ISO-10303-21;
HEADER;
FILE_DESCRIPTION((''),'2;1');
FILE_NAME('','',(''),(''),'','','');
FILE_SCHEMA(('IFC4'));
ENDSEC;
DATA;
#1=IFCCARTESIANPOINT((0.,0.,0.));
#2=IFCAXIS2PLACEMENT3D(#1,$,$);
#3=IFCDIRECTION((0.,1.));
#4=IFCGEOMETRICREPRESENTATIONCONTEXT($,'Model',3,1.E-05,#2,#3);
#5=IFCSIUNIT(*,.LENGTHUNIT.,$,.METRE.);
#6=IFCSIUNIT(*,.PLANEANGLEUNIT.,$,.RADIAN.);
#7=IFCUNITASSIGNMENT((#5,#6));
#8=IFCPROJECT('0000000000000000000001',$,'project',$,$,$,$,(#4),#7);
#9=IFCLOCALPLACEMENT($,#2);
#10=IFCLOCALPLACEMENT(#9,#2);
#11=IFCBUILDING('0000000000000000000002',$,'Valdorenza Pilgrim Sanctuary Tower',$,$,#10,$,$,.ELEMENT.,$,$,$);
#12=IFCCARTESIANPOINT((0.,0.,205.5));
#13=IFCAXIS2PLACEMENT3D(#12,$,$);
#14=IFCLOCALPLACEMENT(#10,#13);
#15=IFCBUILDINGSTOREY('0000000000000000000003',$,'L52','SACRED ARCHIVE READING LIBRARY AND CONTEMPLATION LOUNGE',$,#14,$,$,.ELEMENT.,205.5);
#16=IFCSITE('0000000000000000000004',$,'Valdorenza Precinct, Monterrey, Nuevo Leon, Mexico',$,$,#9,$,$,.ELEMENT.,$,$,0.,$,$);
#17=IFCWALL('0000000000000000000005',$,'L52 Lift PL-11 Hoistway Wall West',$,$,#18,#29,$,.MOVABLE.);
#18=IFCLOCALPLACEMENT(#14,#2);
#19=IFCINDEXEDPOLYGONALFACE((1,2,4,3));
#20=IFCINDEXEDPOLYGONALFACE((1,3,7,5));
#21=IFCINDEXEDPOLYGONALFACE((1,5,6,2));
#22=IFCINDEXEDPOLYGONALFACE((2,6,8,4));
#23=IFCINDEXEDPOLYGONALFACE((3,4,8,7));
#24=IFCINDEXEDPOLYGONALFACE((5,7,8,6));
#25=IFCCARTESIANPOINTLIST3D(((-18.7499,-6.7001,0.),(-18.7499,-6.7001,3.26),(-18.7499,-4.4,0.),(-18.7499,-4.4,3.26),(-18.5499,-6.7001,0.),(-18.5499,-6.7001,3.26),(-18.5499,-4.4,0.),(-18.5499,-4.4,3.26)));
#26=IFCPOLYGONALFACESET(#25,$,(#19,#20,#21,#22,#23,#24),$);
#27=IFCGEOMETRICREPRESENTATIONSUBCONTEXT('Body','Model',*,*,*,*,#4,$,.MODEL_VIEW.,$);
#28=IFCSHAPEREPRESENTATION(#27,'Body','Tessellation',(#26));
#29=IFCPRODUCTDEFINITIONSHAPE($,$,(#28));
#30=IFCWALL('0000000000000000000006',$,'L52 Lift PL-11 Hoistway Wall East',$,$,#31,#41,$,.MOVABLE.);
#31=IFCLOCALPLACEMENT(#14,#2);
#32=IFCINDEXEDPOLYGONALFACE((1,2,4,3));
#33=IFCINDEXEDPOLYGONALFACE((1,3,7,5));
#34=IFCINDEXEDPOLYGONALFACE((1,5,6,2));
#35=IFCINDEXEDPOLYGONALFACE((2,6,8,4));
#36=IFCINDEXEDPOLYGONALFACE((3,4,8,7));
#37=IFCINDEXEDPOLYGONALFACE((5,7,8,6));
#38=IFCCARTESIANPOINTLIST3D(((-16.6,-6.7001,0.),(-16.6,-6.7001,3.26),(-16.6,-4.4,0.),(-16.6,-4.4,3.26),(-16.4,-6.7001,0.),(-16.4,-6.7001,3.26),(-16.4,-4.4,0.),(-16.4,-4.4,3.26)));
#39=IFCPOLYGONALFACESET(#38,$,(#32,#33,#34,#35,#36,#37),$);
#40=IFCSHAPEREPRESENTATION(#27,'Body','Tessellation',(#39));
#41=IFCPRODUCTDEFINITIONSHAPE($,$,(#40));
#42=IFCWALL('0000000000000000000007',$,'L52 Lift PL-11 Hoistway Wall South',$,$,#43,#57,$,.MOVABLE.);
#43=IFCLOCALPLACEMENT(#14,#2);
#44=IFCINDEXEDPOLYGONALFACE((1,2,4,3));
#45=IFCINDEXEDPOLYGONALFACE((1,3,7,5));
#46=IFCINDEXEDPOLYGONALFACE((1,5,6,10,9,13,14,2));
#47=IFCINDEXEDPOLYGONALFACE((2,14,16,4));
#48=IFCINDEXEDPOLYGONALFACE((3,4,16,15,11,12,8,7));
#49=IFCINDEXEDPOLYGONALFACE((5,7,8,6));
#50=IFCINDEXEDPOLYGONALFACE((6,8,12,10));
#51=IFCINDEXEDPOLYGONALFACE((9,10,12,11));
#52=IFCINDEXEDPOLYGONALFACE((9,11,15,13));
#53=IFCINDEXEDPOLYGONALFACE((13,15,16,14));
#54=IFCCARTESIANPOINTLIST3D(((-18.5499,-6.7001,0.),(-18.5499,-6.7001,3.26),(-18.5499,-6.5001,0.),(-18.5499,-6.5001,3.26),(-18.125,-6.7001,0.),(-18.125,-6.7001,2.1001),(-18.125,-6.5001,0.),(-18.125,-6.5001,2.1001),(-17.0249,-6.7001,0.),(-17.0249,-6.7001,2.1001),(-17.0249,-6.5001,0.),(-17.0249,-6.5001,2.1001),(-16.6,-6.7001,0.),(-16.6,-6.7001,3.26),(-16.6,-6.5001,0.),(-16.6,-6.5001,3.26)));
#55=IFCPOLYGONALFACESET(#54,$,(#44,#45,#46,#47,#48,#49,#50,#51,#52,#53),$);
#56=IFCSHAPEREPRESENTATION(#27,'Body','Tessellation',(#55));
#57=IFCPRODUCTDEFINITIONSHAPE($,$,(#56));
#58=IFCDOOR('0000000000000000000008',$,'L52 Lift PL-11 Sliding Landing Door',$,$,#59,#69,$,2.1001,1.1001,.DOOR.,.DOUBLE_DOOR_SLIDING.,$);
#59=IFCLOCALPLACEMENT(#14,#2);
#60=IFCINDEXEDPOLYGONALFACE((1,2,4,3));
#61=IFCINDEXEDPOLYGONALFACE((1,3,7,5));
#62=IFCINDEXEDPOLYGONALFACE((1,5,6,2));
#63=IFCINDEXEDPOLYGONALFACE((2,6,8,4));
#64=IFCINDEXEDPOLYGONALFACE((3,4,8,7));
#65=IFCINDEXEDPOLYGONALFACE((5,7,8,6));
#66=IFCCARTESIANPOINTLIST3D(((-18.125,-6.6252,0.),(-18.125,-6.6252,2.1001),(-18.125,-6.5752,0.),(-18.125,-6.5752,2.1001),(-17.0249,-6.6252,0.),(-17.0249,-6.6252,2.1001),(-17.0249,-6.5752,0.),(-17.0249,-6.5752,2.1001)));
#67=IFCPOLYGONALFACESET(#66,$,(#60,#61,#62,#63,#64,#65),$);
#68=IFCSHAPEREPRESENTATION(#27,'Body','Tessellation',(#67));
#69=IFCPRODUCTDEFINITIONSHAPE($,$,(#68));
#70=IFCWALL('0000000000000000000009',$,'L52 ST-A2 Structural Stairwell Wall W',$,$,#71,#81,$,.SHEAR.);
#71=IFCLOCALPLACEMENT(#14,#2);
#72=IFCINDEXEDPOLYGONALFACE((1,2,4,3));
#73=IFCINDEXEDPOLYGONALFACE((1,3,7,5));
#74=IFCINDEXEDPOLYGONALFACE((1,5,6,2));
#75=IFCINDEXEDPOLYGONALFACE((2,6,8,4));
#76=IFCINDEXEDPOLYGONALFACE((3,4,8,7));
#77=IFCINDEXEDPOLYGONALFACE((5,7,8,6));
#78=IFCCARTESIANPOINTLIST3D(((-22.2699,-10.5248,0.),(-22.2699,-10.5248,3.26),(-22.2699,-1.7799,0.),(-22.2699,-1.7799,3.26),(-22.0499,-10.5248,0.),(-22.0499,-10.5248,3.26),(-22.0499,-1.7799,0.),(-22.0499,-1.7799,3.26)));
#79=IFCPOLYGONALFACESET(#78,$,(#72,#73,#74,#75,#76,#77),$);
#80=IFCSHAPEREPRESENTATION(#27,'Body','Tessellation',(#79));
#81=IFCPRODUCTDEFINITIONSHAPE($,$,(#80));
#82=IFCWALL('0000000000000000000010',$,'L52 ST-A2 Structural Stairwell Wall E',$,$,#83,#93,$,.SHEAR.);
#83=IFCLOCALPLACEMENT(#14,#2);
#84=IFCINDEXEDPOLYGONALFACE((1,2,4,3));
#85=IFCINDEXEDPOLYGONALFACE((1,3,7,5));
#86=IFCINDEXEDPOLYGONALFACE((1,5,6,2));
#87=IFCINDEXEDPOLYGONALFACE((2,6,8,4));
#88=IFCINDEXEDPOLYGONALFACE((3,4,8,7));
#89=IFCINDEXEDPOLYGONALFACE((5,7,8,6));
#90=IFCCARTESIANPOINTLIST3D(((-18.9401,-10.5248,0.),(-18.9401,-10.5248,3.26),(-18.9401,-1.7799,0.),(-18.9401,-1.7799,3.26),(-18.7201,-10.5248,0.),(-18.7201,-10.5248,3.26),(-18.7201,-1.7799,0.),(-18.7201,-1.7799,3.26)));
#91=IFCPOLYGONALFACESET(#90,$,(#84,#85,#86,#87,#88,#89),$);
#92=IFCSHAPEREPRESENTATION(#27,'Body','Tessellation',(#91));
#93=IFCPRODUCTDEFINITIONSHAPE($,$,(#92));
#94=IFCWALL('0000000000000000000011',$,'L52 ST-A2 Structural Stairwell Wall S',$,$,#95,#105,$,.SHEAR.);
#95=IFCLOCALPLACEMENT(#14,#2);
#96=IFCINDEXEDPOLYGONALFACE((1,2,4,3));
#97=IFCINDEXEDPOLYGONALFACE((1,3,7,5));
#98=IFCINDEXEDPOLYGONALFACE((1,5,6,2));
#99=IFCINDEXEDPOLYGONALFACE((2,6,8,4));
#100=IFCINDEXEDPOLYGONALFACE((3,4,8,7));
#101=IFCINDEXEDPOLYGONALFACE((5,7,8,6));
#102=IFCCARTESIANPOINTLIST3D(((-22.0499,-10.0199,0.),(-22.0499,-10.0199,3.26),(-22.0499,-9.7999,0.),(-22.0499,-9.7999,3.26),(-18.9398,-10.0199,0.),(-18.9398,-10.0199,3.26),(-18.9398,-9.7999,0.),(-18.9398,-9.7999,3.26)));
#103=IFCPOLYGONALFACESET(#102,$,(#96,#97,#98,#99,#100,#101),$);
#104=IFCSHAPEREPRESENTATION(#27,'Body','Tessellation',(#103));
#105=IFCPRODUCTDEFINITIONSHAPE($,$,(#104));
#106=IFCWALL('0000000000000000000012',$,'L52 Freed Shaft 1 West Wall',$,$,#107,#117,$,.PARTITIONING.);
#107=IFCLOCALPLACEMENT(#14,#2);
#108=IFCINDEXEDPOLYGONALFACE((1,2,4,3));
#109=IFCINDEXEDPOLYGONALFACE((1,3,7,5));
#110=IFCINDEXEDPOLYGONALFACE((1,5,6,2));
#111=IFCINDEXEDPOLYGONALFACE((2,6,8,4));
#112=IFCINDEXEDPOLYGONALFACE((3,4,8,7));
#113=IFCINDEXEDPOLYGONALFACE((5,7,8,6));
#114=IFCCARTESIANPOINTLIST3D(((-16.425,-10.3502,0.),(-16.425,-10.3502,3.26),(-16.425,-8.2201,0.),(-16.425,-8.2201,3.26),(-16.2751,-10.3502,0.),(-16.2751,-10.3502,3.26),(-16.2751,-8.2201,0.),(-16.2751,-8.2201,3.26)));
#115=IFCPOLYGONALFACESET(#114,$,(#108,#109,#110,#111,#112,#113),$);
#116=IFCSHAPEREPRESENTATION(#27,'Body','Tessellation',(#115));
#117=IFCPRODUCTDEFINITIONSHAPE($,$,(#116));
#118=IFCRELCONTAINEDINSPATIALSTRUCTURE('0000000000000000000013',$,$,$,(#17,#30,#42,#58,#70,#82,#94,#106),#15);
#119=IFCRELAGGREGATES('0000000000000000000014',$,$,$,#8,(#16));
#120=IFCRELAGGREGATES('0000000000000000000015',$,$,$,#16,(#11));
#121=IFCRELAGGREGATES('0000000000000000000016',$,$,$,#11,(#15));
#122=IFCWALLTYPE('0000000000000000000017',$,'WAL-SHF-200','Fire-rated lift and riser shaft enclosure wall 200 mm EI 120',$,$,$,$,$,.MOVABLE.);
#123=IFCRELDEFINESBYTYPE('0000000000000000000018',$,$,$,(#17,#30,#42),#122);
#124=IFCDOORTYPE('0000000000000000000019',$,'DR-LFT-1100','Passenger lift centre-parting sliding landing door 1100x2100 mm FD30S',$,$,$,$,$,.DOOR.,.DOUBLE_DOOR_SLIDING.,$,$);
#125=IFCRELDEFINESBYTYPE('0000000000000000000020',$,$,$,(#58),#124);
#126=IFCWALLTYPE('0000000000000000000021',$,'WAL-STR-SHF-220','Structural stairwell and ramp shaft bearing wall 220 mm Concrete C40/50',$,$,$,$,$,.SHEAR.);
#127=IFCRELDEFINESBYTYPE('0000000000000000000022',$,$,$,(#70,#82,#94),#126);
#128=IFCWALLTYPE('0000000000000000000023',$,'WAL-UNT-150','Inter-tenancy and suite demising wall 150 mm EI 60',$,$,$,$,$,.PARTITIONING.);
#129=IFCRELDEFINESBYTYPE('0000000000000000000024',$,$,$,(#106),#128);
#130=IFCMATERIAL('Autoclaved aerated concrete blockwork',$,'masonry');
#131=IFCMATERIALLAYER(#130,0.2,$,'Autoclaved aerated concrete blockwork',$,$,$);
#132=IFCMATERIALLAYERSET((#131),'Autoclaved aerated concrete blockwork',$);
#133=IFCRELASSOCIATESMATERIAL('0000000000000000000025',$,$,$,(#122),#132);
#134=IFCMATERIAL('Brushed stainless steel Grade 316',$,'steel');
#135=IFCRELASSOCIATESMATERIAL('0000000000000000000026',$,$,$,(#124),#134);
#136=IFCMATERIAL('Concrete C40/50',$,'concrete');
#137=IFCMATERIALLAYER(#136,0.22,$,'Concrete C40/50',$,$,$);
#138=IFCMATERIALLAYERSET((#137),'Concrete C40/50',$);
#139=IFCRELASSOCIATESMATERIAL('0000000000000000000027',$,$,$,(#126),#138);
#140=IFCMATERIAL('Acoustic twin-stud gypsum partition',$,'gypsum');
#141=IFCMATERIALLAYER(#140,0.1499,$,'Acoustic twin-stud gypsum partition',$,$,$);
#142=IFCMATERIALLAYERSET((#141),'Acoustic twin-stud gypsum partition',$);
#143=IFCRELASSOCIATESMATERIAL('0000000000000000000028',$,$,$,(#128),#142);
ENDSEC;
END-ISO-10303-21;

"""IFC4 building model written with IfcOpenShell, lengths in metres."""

from ifc_helpers import new_model, si_unit, direction, frame, frame_2d, origin, place, context, subcontext, project, spatial, rectangle, extrude, material, layer, layer_set, type_object, element, fill, save


model = new_model("IFC4")

# Units and contexts
model_context = context("Model", 3, precision=1e-05, world=origin(), true_north=direction((0.0, 1.0)))
body_context = subcontext(model_context, "Body", "Model", "MODEL_VIEW")
ifc_project = project(units=[si_unit("LENGTHUNIT", "METRE"), si_unit("PLANEANGLEUNIT", "RADIAN")], contexts=[model_context])

# Site, building, storey
site_placement = place(None, origin())
site = spatial("IfcSite", under=ifc_project, at=site_placement, Name="Valdorenza Precinct, Monterrey, Nuevo Leon, Mexico", CompositionType="ELEMENT", RefElevation=0.0)
building_placement = place(site_placement, origin())
building = spatial("IfcBuilding", under=site, at=building_placement, Name="Valdorenza Pilgrim Sanctuary Tower", CompositionType="ELEMENT")
storey_placement = place(building_placement, frame((0.0, 0.0, 205.5)))
storey = spatial("IfcBuildingStorey", under=building, at=storey_placement, Name="L52", Description="SACRED ARCHIVE READING LIBRARY AND CONTEMPLATION LOUNGE", CompositionType="ELEMENT", Elevation=205.5)

# Shared definitions
ifc_material_1 = material(Name="Acoustic twin-stud gypsum partition", Category="gypsum")

# Walls
ifc_material_2 = material(Name="Autoclaved aerated concrete blockwork", Category="masonry")
ifc_layer_1 = layer(ifc_material_2, 0.2, Name="Autoclaved aerated concrete blockwork")
ifc_layer_set_1 = layer_set([ifc_layer_1], Name="Autoclaved aerated concrete blockwork")
wall_type_1 = type_object("IfcWallType", Name="WAL-SHF-200", Description="Fire-rated lift and riser shaft enclosure wall 200 mm EI 120", PredefinedType="MOVABLE", material=ifc_layer_set_1)
for number, where, z_axis, x_axis, name in (
    (1, (-18.6499, -6.7, 0.0), (0.0, 0.0, 1.0), (0.0, 1.0, 0.0), "L52 Lift PL-11 Hoistway Wall West"),
    (2, (-16.5, -6.7, 0.0), (0.0, 0.0, 1.0), (0.0, 1.0, 0.0), "L52 Lift PL-11 Hoistway Wall East"),
):
    element("IfcWall", number, at=place(storey_placement, frame(where, z_axis=z_axis, x_axis=x_axis)), inside=storey, type_object=wall_type_1, Name=name, PredefinedType="MOVABLE", context=body_context, shape_type="SweptSolid", body=[
        extrude(rectangle(XDim=2.3, YDim=0.2, at=frame_2d((1.1499, 0.0))), origin(), (0.0, 0.0, 1.0), 3.26),
    ])

# Wall, opening, door
wall_1_placement = place(storey_placement, frame((-18.55, -6.6001, 0.0), z_axis=(0.0, 0.0, 1.0), x_axis=(1.0, 0.0, 0.0)))
wall_1 = element("IfcWall", 3, at=wall_1_placement, inside=storey, type_object=wall_type_1, Name="L52 Lift PL-11 Hoistway Wall South", PredefinedType="MOVABLE", context=body_context, shape_type="SweptSolid", body=[
    extrude(rectangle(XDim=1.95, YDim=0.2, at=frame_2d((0.9751, 0.0))), origin(), (0.0, 0.0, 1.0), 3.26),
])
opening_1_placement = place(wall_1_placement, frame((0.425, 0.0, 0.0)))
opening_1 = element("IfcOpeningElement", 4, at=opening_1_placement, cuts=wall_1, PredefinedType="OPENING", context=body_context, shape_type="SweptSolid", body=[
    extrude(rectangle(XDim=1.1001, YDim=2.1001, at=frame_2d((0.55, 1.05))), frame((0.0, 0.1147, 0.0), z_axis=(0.0, -1.0, 0.0), x_axis=(1.0, 0.0, 0.0)), (0.0, 0.0, 1.0), 0.2297),
])
ifc_material_3 = material(Name="Brushed stainless steel Grade 316", Category="steel")
door_type_1 = type_object("IfcDoorType", Name="DR-LFT-1100", Description="Passenger lift centre-parting sliding landing door 1100x2100 mm FD30S", OperationType="DOUBLE_DOOR_SLIDING", PredefinedType="DOOR", material=ifc_material_3)
door_1_placement = place(opening_1_placement, origin())
door_1 = element("IfcDoor", 5, at=door_1_placement, inside=storey, type_object=door_type_1, Name="L52 Lift PL-11 Sliding Landing Door", OperationType="DOUBLE_DOOR_SLIDING", OverallHeight=2.1001, OverallWidth=1.1001, PredefinedType="DOOR", context=body_context, shape_type="SweptSolid", body=[
    extrude(rectangle(XDim=1.1001, YDim=2.1001, at=frame_2d((0.55, 1.05))), frame((0.0, 0.0249, 0.0), z_axis=(0.0, -1.0, 0.0), x_axis=(1.0, 0.0, 0.0)), (0.0, 0.0, 1.0), 0.05),
])
fill(opening_1, door_1)

# Walls
ifc_material_4 = material(Name="Concrete C40/50", Category="concrete")
ifc_layer_2 = layer(ifc_material_4, 0.22, Name="Concrete C40/50")
ifc_layer_set_2 = layer_set([ifc_layer_2], Name="Concrete C40/50")
wall_type_2 = type_object("IfcWallType", Name="WAL-STR-SHF-220", Description="Structural stairwell and ramp shaft bearing wall 220 mm Concrete C40/50", PredefinedType="SHEAR", material=ifc_layer_set_2)
for number, where, z_axis, x_axis, name in (
    (6, (-22.1599, -10.5249, 0.0), (0.0, 0.0, 1.0), (0.0, 1.0, 0.0), "L52 ST-A2 Structural Stairwell Wall W"),
    (7, (-18.8301, -10.5249, 0.0), (0.0, 0.0, 1.0), (0.0, 1.0, 0.0), "L52 ST-A2 Structural Stairwell Wall E"),
):
    element("IfcWall", number, at=place(storey_placement, frame(where, z_axis=z_axis, x_axis=x_axis)), inside=storey, type_object=wall_type_2, Name=name, PredefinedType="SHEAR", context=body_context, shape_type="SweptSolid", body=[
        extrude(rectangle(XDim=8.7449, YDim=0.22, at=frame_2d((4.3726, 0.0))), origin(), (0.0, 0.0, 1.0), 3.26),
    ])
wall_2_placement = place(storey_placement, frame((-22.05, -9.9099, 0.0), z_axis=(0.0, 0.0, 1.0), x_axis=(1.0, 0.0, 0.0)))
element("IfcWall", 8, at=wall_2_placement, inside=storey, type_object=wall_type_2, Name="L52 ST-A2 Structural Stairwell Wall S", PredefinedType="SHEAR", context=body_context, shape_type="SweptSolid", body=[
    extrude(rectangle(XDim=3.1101, YDim=0.22, at=frame_2d((1.5552, 0.0))), origin(), (0.0, 0.0, 1.0), 3.26),
])
ifc_layer_3 = layer(ifc_material_1, 0.1499, Name="Acoustic twin-stud gypsum partition")
ifc_layer_set_3 = layer_set([ifc_layer_3], Name="Acoustic twin-stud gypsum partition")
wall_type_3 = type_object("IfcWallType", Name="WAL-UNT-150", Description="Inter-tenancy and suite demising wall 150 mm EI 60", PredefinedType="PARTITIONING", material=ifc_layer_set_3)
wall_3_placement = place(storey_placement, frame((-16.3501, -10.3501, 0.0), z_axis=(0.0, 0.0, 1.0), x_axis=(0.0, 1.0, 0.0)))
element("IfcWall", 9, at=wall_3_placement, inside=storey, type_object=wall_type_3, Name="L52 Freed Shaft 1 West Wall", PredefinedType="PARTITIONING", context=body_context, shape_type="SweptSolid", body=[
    extrude(rectangle(XDim=2.1301, YDim=0.1499, at=frame_2d((1.0649, 0.0))), origin(), (0.0, 0.0, 1.0), 3.26),
])

save(model, "model.ifc")
